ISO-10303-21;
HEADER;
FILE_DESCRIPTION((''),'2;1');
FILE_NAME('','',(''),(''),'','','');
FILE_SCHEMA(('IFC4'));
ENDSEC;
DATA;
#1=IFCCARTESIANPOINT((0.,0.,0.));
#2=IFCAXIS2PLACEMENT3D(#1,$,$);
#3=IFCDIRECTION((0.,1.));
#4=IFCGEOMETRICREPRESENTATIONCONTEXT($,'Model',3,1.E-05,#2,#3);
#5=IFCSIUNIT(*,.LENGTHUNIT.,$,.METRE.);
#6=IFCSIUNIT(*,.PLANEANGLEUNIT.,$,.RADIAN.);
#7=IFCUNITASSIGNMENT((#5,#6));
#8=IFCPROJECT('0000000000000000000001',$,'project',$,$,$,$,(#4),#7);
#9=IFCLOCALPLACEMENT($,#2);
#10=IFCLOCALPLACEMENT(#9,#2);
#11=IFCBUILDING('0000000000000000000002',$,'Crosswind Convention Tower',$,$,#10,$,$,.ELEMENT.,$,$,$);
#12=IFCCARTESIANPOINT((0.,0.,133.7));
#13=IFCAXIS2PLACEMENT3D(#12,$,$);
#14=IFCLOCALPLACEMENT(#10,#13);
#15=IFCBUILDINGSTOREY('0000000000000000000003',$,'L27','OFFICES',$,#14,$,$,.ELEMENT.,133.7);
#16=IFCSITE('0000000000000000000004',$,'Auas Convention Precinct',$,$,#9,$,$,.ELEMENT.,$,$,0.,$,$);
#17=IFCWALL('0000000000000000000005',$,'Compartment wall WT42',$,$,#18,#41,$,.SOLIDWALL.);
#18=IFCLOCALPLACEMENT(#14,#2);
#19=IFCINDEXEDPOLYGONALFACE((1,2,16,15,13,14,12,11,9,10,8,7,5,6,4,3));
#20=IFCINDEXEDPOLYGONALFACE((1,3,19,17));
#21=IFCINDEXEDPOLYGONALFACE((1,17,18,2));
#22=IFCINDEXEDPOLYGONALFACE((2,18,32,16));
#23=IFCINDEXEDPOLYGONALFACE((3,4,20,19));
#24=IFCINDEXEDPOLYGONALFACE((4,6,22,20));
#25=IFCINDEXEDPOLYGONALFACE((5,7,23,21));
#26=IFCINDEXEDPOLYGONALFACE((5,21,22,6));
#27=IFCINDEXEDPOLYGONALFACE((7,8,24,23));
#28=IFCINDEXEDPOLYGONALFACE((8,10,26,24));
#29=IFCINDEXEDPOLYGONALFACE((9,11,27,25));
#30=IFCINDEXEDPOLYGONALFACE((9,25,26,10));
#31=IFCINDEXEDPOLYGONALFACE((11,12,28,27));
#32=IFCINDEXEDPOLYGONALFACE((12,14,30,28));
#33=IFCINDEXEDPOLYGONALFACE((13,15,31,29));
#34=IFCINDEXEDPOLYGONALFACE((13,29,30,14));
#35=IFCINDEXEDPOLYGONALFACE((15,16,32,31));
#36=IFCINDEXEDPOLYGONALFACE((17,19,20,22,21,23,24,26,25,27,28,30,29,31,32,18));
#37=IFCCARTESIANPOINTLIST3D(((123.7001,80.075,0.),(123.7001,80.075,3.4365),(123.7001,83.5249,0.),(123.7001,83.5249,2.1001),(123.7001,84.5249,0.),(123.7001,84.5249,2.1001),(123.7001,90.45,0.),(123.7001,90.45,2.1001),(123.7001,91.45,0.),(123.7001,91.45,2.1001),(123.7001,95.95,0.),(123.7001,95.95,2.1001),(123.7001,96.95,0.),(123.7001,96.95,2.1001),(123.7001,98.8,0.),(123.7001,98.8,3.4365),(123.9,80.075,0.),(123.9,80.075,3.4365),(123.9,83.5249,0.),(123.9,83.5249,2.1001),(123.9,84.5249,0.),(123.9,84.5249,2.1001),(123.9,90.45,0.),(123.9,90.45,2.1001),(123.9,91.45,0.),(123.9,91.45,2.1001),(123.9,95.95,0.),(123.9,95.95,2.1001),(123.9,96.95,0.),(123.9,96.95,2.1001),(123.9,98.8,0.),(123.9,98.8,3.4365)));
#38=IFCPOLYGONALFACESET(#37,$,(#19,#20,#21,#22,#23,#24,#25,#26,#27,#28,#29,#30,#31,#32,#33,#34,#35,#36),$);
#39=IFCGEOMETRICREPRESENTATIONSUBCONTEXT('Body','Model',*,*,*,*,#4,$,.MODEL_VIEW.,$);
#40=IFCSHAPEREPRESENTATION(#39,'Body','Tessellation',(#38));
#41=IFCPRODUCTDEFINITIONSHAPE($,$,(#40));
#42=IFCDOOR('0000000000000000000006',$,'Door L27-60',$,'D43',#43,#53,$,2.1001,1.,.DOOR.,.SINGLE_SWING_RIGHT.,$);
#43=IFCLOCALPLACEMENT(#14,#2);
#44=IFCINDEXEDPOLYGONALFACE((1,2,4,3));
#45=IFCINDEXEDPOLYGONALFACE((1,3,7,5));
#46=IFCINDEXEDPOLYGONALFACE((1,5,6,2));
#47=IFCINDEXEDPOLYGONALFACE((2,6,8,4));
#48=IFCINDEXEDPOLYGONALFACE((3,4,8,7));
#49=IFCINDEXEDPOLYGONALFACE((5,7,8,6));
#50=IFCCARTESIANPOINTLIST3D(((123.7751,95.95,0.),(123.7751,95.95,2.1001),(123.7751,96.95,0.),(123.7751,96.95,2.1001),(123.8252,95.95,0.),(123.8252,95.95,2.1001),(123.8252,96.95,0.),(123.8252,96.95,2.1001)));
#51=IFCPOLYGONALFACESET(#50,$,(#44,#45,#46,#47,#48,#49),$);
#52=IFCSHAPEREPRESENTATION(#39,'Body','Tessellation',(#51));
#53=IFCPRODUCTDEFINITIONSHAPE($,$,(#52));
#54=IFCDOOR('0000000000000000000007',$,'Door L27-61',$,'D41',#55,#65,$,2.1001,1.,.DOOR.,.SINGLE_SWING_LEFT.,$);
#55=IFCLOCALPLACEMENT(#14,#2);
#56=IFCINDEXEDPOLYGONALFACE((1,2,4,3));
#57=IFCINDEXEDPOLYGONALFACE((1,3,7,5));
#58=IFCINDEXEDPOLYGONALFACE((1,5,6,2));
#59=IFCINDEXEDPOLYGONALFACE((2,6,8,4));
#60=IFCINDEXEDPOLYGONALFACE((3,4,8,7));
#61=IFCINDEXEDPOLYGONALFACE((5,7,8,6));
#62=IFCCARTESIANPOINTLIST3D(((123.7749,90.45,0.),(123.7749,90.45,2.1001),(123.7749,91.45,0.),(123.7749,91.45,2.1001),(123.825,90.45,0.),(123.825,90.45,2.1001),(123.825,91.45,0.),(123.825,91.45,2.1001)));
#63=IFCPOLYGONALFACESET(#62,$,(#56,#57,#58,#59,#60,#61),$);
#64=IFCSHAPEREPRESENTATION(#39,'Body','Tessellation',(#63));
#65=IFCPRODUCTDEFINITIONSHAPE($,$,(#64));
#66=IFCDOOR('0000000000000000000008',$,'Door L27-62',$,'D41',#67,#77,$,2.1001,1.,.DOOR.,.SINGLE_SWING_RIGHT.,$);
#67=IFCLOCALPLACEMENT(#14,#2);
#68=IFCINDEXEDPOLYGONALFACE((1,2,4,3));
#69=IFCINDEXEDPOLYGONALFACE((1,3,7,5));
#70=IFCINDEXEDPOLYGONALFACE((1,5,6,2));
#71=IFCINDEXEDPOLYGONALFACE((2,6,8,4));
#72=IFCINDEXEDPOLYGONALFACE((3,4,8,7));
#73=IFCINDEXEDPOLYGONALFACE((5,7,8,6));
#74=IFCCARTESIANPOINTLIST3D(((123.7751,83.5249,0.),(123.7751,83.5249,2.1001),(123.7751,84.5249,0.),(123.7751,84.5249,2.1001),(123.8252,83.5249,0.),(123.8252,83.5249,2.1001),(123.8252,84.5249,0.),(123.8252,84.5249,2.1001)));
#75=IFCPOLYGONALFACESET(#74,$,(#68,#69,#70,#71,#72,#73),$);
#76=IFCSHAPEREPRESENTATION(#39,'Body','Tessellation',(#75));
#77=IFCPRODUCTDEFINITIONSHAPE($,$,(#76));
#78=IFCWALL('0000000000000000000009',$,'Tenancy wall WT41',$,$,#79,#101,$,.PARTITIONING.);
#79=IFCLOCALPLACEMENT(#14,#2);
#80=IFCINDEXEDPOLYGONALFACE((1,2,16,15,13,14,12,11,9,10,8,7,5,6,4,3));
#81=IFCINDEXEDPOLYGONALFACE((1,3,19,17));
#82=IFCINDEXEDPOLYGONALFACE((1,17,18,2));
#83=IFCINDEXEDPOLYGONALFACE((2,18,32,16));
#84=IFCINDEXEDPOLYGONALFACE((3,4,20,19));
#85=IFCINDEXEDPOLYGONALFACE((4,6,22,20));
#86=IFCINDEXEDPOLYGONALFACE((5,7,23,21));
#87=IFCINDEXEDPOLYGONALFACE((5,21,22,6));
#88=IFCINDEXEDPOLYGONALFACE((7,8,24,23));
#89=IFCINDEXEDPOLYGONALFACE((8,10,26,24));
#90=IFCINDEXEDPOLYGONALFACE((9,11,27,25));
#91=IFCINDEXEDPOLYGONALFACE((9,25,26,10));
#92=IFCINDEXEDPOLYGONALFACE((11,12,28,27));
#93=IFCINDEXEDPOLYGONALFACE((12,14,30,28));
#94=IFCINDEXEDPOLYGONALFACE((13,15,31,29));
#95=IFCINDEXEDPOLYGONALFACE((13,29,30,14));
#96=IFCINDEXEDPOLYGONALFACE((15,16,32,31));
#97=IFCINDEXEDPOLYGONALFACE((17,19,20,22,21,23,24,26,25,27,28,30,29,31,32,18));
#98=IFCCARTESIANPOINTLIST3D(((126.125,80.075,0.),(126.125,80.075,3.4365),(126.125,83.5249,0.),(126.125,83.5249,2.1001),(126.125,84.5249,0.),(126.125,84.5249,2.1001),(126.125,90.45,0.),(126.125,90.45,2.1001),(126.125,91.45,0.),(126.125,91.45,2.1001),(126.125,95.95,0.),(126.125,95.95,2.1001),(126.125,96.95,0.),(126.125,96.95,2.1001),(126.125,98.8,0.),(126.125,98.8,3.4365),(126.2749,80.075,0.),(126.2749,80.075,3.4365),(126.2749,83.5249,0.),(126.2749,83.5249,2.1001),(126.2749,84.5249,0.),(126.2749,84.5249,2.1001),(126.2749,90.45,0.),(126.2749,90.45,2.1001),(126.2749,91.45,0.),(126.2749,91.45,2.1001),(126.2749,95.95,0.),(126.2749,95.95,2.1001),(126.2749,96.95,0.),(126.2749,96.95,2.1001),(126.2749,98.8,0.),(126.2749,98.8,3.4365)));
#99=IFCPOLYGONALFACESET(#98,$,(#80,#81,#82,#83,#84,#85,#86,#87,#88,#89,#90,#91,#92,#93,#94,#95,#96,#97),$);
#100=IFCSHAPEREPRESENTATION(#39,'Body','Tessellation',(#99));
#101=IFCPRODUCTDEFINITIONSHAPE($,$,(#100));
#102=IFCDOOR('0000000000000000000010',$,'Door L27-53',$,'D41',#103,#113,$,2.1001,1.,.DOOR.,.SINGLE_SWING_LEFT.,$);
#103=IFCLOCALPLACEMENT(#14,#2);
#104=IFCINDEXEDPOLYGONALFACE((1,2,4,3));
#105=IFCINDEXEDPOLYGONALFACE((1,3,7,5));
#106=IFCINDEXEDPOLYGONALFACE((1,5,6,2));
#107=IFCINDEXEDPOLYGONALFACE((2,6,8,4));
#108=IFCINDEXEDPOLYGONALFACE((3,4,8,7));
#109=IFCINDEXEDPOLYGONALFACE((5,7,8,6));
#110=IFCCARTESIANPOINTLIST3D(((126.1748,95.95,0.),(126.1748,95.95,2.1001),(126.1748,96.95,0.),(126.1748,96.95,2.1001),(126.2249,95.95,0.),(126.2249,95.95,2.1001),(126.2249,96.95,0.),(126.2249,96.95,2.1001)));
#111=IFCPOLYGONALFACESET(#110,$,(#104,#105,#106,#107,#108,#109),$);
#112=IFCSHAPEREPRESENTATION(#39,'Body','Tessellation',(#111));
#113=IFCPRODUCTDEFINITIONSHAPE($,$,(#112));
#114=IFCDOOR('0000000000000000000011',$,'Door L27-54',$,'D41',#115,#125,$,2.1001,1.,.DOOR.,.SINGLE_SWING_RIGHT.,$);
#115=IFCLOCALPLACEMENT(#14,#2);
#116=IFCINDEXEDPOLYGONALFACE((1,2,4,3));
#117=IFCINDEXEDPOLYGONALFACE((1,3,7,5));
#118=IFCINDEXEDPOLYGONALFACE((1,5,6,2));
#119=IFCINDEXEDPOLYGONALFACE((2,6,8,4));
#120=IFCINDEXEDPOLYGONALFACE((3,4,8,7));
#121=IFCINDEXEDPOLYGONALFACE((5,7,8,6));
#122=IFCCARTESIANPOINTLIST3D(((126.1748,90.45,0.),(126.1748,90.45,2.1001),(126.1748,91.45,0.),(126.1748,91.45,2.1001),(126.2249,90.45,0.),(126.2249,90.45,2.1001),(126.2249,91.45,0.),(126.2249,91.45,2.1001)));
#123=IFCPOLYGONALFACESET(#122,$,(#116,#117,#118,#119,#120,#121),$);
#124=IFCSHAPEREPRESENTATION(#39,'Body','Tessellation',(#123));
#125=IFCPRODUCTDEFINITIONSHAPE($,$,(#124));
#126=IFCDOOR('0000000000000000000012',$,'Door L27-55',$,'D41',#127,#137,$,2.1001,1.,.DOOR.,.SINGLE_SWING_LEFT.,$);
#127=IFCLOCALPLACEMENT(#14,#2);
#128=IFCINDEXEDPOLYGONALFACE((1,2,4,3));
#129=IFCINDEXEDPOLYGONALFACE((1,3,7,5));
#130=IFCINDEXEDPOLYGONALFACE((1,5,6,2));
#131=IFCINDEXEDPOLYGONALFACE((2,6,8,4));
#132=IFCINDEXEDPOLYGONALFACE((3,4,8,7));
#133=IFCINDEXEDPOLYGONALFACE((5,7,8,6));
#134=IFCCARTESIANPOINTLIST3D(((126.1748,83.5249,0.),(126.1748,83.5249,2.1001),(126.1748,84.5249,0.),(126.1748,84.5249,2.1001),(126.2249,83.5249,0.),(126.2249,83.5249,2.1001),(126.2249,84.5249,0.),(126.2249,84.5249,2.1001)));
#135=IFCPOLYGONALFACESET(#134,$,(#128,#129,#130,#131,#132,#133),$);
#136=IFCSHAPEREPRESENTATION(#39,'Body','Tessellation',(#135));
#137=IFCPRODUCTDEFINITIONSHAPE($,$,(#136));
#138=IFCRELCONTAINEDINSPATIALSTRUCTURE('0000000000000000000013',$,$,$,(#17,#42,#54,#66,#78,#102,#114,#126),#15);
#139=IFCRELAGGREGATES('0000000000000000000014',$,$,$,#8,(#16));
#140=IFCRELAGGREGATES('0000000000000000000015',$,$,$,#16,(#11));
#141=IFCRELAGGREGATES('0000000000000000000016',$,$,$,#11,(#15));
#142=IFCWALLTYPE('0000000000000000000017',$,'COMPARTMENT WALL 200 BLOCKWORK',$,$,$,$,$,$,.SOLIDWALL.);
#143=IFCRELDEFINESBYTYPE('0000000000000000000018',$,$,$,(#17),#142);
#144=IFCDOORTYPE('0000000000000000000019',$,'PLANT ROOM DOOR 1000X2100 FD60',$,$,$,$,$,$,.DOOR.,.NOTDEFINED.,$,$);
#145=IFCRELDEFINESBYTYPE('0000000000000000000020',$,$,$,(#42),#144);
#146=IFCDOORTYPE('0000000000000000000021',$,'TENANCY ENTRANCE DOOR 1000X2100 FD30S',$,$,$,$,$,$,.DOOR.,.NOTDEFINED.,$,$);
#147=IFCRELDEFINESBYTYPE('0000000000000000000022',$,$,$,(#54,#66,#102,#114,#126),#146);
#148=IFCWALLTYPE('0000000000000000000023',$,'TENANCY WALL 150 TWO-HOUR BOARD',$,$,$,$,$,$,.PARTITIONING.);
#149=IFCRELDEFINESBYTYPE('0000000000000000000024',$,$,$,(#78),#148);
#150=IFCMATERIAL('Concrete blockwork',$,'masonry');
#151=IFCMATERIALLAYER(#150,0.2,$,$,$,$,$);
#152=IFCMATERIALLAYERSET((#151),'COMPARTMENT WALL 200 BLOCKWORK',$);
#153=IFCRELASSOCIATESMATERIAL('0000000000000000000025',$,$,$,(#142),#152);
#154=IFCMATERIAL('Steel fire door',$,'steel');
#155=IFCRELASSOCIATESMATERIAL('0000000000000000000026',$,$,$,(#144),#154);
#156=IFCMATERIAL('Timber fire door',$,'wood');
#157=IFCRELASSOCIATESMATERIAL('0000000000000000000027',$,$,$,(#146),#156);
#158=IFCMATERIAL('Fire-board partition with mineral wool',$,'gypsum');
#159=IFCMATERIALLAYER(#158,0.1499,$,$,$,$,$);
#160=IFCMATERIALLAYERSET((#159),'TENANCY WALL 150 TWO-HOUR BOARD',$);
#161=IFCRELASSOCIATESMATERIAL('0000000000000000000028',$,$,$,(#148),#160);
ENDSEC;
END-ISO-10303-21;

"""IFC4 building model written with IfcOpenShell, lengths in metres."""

from ifc_helpers import new_model, si_unit, direction, frame, frame_2d, origin, place, context, subcontext, project, spatial, rectangle, extrude, material, layer, layer_set, type_object, element, fill, save


model = new_model("IFC4")

# Units and contexts
model_context = context("Model", 3, precision=1e-05, world=origin(), true_north=direction((0.0, 1.0)))
body_context = subcontext(model_context, "Body", "Model", "MODEL_VIEW")
ifc_project = project(units=[si_unit("LENGTHUNIT", "METRE"), si_unit("PLANEANGLEUNIT", "RADIAN")], contexts=[model_context])

# Site, building, storey
site_placement = place(None, origin())
site = spatial("IfcSite", under=ifc_project, at=site_placement, Name="Auas Convention Precinct", CompositionType="ELEMENT", RefElevation=0.0)
building_placement = place(site_placement, origin())
building = spatial("IfcBuilding", under=site, at=building_placement, Name="Crosswind Convention Tower", CompositionType="ELEMENT")
storey_placement = place(building_placement, frame((0.0, 0.0, 133.7)))
storey = spatial("IfcBuildingStorey", under=building, at=storey_placement, Name="L27", Description="OFFICES", CompositionType="ELEMENT", Elevation=133.7)

# Walls, openings, doors
ifc_material_1 = material(Name="Concrete blockwork", Category="masonry")
ifc_layer_1 = layer(ifc_material_1, 0.2)
ifc_layer_set_1 = layer_set([ifc_layer_1], Name="COMPARTMENT WALL 200 BLOCKWORK")
wall_type_1 = type_object("IfcWallType", Name="COMPARTMENT WALL 200 BLOCKWORK", PredefinedType="SOLIDWALL", material=ifc_layer_set_1)
wall_1_placement = place(storey_placement, frame((123.8, 80.075, 0.0), z_axis=(0.0, 0.0, 1.0), x_axis=(0.0, 1.0, 0.0)))
wall_1 = element("IfcWall", 1, at=wall_1_placement, inside=storey, type_object=wall_type_1, Name="Compartment wall WT42", PredefinedType="SOLIDWALL", context=body_context, shape_type="SweptSolid", body=[
    extrude(rectangle(XDim=18.7251, YDim=0.2, at=frame_2d((9.3625, 0.0))), origin(), (0.0, 0.0, 1.0), 3.4365),
])
opening_1_placement = place(wall_1_placement, frame((15.875, 0.0, 0.0)))
opening_1 = element("IfcOpeningElement", 2, at=opening_1_placement, cuts=wall_1, PredefinedType="OPENING", context=body_context, shape_type="SweptSolid", body=[
    extrude(rectangle(XDim=1.0, YDim=2.1001, at=frame_2d((0.5, 1.05))), frame((0.0, 0.1099, 0.0), z_axis=(0.0, -1.0, 0.0), x_axis=(1.0, 0.0, 0.0)), (0.0, 0.0, 1.0), 0.22),
])
opening_2_placement = place(wall_1_placement, frame((10.375, 0.0, 0.0)))
opening_2 = element("IfcOpeningElement", 3, at=opening_2_placement, cuts=wall_1, PredefinedType="OPENING", context=body_context, shape_type="SweptSolid", body=[
    extrude(rectangle(XDim=1.0, YDim=2.1001, at=frame_2d((0.5, 1.05))), frame((0.0, 0.1099, 0.0), z_axis=(0.0, -1.0, 0.0), x_axis=(1.0, 0.0, 0.0)), (0.0, 0.0, 1.0), 0.22),
])
opening_3_placement = place(wall_1_placement, frame((3.45, 0.0, 0.0)))
opening_3 = element("IfcOpeningElement", 4, at=opening_3_placement, cuts=wall_1, PredefinedType="OPENING", context=body_context, shape_type="SweptSolid", body=[
    extrude(rectangle(XDim=1.0, YDim=2.1001, at=frame_2d((0.5, 1.05))), frame((0.0, 0.1099, 0.0), z_axis=(0.0, -1.0, 0.0), x_axis=(1.0, 0.0, 0.0)), (0.0, 0.0, 1.0), 0.22),
])
ifc_material_2 = material(Name="Steel fire door", Category="steel")
door_type_1 = type_object("IfcDoorType", Name="PLANT ROOM DOOR 1000X2100 FD60", OperationType="NOTDEFINED", PredefinedType="DOOR", material=ifc_material_2)
door_1_placement = place(opening_1_placement, origin())
door_1 = element("IfcDoor", 5, at=door_1_placement, inside=storey, type_object=door_type_1, Name="Door L27-60", ObjectType="D43", OperationType="SINGLE_SWING_RIGHT", OverallHeight=2.1001, OverallWidth=1.0, PredefinedType="DOOR", context=body_context, shape_type="SweptSolid", body=[
    extrude(rectangle(XDim=1.0, YDim=2.1001, at=frame_2d((0.5, 1.05))), frame((0.0, 0.0249, 0.0), z_axis=(0.0, -1.0, 0.0), x_axis=(1.0, 0.0, 0.0)), (0.0, 0.0, 1.0), 0.05),
])
fill(opening_1, door_1)
ifc_material_3 = material(Name="Timber fire door", Category="wood")
door_type_2 = type_object("IfcDoorType", Name="TENANCY ENTRANCE DOOR 1000X2100 FD30S", OperationType="NOTDEFINED", PredefinedType="DOOR", material=ifc_material_3)
door_2_placement = place(opening_2_placement, frame((1.0, 0.0, 0.0), z_axis=(0.0, 0.0, 1.0), x_axis=(-1.0, 0.0, 0.0)))
door_2 = element("IfcDoor", 6, at=door_2_placement, inside=storey, type_object=door_type_2, Name="Door L27-61", ObjectType="D41", OperationType="SINGLE_SWING_LEFT", OverallHeight=2.1001, OverallWidth=1.0, PredefinedType="DOOR", context=body_context, shape_type="SweptSolid", body=[
    extrude(rectangle(XDim=1.0, YDim=2.1001, at=frame_2d((0.5, 1.05))), frame((0.0, 0.0249, 0.0), z_axis=(0.0, -1.0, 0.0), x_axis=(1.0, 0.0, 0.0)), (0.0, 0.0, 1.0), 0.05),
])
fill(opening_2, door_2)
door_3_placement = place(opening_3_placement, origin())
door_3 = element("IfcDoor", 7, at=door_3_placement, inside=storey, type_object=door_type_2, Name="Door L27-62", ObjectType="D41", OperationType="SINGLE_SWING_RIGHT", OverallHeight=2.1001, OverallWidth=1.0, PredefinedType="DOOR", context=body_context, shape_type="SweptSolid", body=[
    extrude(rectangle(XDim=1.0, YDim=2.1001, at=frame_2d((0.5, 1.05))), frame((0.0, 0.0249, 0.0), z_axis=(0.0, -1.0, 0.0), x_axis=(1.0, 0.0, 0.0)), (0.0, 0.0, 1.0), 0.05),
])
fill(opening_3, door_3)
ifc_material_4 = material(Name="Fire-board partition with mineral wool", Category="gypsum")
ifc_layer_2 = layer(ifc_material_4, 0.1499)
ifc_layer_set_2 = layer_set([ifc_layer_2], Name="TENANCY WALL 150 TWO-HOUR BOARD")
wall_type_2 = type_object("IfcWallType", Name="TENANCY WALL 150 TWO-HOUR BOARD", PredefinedType="PARTITIONING", material=ifc_layer_set_2)
wall_2_placement = place(storey_placement, frame((126.2, 80.075, 0.0), z_axis=(0.0, 0.0, 1.0), x_axis=(0.0, 1.0, 0.0)))
wall_2 = element("IfcWall", 8, at=wall_2_placement, inside=storey, type_object=wall_type_2, Name="Tenancy wall WT41", PredefinedType="PARTITIONING", context=body_context, shape_type="SweptSolid", body=[
    extrude(rectangle(XDim=18.7251, YDim=0.1499, at=frame_2d((9.3625, 0.0))), origin(), (0.0, 0.0, 1.0), 3.4365),
])
opening_4_placement = place(wall_2_placement, frame((15.875, 0.0, 0.0)))
opening_4 = element("IfcOpeningElement", 9, at=opening_4_placement, cuts=wall_2, PredefinedType="OPENING", context=body_context, shape_type="SweptSolid", body=[
    extrude(rectangle(XDim=1.0, YDim=2.1001, at=frame_2d((0.5, 1.05))), frame((0.0, 0.085, 0.0), z_axis=(0.0, -1.0, 0.0), x_axis=(1.0, 0.0, 0.0)), (0.0, 0.0, 1.0), 0.1699),
])
opening_5_placement = place(wall_2_placement, frame((10.375, 0.0, 0.0)))
opening_5 = element("IfcOpeningElement", 10, at=opening_5_placement, cuts=wall_2, PredefinedType="OPENING", context=body_context, shape_type="SweptSolid", body=[
    extrude(rectangle(XDim=1.0, YDim=2.1001, at=frame_2d((0.5, 1.05))), frame((0.0, 0.085, 0.0), z_axis=(0.0, -1.0, 0.0), x_axis=(1.0, 0.0, 0.0)), (0.0, 0.0, 1.0), 0.1699),
])
opening_6_placement = place(wall_2_placement, frame((3.45, 0.0, 0.0)))
opening_6 = element("IfcOpeningElement", 11, at=opening_6_placement, cuts=wall_2, PredefinedType="OPENING", context=body_context, shape_type="SweptSolid", body=[
    extrude(rectangle(XDim=1.0, YDim=2.1001, at=frame_2d((0.5, 1.05))), frame((0.0, 0.085, 0.0), z_axis=(0.0, -1.0, 0.0), x_axis=(1.0, 0.0, 0.0)), (0.0, 0.0, 1.0), 0.1699),
])
door_4_placement = place(opening_4_placement, frame((1.0, 0.0, 0.0), z_axis=(0.0, 0.0, 1.0), x_axis=(-1.0, 0.0, 0.0)))
door_4 = element("IfcDoor", 12, at=door_4_placement, inside=storey, type_object=door_type_2, Name="Door L27-53", ObjectType="D41", OperationType="SINGLE_SWING_LEFT", OverallHeight=2.1001, OverallWidth=1.0, PredefinedType="DOOR", context=body_context, shape_type="SweptSolid", body=[
    extrude(rectangle(XDim=1.0, YDim=2.1001, at=frame_2d((0.5, 1.05))), frame((0.0, 0.0249, 0.0), z_axis=(0.0, -1.0, 0.0), x_axis=(1.0, 0.0, 0.0)), (0.0, 0.0, 1.0), 0.05),
])
fill(opening_4, door_4)
door_5_placement = place(opening_5_placement, frame((1.0, 0.0, 0.0), z_axis=(0.0, 0.0, 1.0), x_axis=(-1.0, 0.0, 0.0)))
door_5 = element("IfcDoor", 13, at=door_5_placement, inside=storey, type_object=door_type_2, Name="Door L27-54", ObjectType="D41", OperationType="SINGLE_SWING_RIGHT", OverallHeight=2.1001, OverallWidth=1.0, PredefinedType="DOOR", context=body_context, shape_type="SweptSolid", body=[
    extrude(rectangle(XDim=1.0, YDim=2.1001, at=frame_2d((0.5, 1.05))), frame((0.0, 0.0249, 0.0), z_axis=(0.0, -1.0, 0.0), x_axis=(1.0, 0.0, 0.0)), (0.0, 0.0, 1.0), 0.05),
])
fill(opening_5, door_5)
door_6_placement = place(opening_6_placement, frame((1.0, 0.0, 0.0), z_axis=(0.0, 0.0, 1.0), x_axis=(-1.0, 0.0, 0.0)))
door_6 = element("IfcDoor", 14, at=door_6_placement, inside=storey, type_object=door_type_2, Name="Door L27-55", ObjectType="D41", OperationType="SINGLE_SWING_LEFT", OverallHeight=2.1001, OverallWidth=1.0, PredefinedType="DOOR", context=body_context, shape_type="SweptSolid", body=[
    extrude(rectangle(XDim=1.0, YDim=2.1001, at=frame_2d((0.5, 1.05))), frame((0.0, 0.0249, 0.0), z_axis=(0.0, -1.0, 0.0), x_axis=(1.0, 0.0, 0.0)), (0.0, 0.0, 1.0), 0.05),
])
fill(opening_6, door_6)

save(model, "model.ifc")
